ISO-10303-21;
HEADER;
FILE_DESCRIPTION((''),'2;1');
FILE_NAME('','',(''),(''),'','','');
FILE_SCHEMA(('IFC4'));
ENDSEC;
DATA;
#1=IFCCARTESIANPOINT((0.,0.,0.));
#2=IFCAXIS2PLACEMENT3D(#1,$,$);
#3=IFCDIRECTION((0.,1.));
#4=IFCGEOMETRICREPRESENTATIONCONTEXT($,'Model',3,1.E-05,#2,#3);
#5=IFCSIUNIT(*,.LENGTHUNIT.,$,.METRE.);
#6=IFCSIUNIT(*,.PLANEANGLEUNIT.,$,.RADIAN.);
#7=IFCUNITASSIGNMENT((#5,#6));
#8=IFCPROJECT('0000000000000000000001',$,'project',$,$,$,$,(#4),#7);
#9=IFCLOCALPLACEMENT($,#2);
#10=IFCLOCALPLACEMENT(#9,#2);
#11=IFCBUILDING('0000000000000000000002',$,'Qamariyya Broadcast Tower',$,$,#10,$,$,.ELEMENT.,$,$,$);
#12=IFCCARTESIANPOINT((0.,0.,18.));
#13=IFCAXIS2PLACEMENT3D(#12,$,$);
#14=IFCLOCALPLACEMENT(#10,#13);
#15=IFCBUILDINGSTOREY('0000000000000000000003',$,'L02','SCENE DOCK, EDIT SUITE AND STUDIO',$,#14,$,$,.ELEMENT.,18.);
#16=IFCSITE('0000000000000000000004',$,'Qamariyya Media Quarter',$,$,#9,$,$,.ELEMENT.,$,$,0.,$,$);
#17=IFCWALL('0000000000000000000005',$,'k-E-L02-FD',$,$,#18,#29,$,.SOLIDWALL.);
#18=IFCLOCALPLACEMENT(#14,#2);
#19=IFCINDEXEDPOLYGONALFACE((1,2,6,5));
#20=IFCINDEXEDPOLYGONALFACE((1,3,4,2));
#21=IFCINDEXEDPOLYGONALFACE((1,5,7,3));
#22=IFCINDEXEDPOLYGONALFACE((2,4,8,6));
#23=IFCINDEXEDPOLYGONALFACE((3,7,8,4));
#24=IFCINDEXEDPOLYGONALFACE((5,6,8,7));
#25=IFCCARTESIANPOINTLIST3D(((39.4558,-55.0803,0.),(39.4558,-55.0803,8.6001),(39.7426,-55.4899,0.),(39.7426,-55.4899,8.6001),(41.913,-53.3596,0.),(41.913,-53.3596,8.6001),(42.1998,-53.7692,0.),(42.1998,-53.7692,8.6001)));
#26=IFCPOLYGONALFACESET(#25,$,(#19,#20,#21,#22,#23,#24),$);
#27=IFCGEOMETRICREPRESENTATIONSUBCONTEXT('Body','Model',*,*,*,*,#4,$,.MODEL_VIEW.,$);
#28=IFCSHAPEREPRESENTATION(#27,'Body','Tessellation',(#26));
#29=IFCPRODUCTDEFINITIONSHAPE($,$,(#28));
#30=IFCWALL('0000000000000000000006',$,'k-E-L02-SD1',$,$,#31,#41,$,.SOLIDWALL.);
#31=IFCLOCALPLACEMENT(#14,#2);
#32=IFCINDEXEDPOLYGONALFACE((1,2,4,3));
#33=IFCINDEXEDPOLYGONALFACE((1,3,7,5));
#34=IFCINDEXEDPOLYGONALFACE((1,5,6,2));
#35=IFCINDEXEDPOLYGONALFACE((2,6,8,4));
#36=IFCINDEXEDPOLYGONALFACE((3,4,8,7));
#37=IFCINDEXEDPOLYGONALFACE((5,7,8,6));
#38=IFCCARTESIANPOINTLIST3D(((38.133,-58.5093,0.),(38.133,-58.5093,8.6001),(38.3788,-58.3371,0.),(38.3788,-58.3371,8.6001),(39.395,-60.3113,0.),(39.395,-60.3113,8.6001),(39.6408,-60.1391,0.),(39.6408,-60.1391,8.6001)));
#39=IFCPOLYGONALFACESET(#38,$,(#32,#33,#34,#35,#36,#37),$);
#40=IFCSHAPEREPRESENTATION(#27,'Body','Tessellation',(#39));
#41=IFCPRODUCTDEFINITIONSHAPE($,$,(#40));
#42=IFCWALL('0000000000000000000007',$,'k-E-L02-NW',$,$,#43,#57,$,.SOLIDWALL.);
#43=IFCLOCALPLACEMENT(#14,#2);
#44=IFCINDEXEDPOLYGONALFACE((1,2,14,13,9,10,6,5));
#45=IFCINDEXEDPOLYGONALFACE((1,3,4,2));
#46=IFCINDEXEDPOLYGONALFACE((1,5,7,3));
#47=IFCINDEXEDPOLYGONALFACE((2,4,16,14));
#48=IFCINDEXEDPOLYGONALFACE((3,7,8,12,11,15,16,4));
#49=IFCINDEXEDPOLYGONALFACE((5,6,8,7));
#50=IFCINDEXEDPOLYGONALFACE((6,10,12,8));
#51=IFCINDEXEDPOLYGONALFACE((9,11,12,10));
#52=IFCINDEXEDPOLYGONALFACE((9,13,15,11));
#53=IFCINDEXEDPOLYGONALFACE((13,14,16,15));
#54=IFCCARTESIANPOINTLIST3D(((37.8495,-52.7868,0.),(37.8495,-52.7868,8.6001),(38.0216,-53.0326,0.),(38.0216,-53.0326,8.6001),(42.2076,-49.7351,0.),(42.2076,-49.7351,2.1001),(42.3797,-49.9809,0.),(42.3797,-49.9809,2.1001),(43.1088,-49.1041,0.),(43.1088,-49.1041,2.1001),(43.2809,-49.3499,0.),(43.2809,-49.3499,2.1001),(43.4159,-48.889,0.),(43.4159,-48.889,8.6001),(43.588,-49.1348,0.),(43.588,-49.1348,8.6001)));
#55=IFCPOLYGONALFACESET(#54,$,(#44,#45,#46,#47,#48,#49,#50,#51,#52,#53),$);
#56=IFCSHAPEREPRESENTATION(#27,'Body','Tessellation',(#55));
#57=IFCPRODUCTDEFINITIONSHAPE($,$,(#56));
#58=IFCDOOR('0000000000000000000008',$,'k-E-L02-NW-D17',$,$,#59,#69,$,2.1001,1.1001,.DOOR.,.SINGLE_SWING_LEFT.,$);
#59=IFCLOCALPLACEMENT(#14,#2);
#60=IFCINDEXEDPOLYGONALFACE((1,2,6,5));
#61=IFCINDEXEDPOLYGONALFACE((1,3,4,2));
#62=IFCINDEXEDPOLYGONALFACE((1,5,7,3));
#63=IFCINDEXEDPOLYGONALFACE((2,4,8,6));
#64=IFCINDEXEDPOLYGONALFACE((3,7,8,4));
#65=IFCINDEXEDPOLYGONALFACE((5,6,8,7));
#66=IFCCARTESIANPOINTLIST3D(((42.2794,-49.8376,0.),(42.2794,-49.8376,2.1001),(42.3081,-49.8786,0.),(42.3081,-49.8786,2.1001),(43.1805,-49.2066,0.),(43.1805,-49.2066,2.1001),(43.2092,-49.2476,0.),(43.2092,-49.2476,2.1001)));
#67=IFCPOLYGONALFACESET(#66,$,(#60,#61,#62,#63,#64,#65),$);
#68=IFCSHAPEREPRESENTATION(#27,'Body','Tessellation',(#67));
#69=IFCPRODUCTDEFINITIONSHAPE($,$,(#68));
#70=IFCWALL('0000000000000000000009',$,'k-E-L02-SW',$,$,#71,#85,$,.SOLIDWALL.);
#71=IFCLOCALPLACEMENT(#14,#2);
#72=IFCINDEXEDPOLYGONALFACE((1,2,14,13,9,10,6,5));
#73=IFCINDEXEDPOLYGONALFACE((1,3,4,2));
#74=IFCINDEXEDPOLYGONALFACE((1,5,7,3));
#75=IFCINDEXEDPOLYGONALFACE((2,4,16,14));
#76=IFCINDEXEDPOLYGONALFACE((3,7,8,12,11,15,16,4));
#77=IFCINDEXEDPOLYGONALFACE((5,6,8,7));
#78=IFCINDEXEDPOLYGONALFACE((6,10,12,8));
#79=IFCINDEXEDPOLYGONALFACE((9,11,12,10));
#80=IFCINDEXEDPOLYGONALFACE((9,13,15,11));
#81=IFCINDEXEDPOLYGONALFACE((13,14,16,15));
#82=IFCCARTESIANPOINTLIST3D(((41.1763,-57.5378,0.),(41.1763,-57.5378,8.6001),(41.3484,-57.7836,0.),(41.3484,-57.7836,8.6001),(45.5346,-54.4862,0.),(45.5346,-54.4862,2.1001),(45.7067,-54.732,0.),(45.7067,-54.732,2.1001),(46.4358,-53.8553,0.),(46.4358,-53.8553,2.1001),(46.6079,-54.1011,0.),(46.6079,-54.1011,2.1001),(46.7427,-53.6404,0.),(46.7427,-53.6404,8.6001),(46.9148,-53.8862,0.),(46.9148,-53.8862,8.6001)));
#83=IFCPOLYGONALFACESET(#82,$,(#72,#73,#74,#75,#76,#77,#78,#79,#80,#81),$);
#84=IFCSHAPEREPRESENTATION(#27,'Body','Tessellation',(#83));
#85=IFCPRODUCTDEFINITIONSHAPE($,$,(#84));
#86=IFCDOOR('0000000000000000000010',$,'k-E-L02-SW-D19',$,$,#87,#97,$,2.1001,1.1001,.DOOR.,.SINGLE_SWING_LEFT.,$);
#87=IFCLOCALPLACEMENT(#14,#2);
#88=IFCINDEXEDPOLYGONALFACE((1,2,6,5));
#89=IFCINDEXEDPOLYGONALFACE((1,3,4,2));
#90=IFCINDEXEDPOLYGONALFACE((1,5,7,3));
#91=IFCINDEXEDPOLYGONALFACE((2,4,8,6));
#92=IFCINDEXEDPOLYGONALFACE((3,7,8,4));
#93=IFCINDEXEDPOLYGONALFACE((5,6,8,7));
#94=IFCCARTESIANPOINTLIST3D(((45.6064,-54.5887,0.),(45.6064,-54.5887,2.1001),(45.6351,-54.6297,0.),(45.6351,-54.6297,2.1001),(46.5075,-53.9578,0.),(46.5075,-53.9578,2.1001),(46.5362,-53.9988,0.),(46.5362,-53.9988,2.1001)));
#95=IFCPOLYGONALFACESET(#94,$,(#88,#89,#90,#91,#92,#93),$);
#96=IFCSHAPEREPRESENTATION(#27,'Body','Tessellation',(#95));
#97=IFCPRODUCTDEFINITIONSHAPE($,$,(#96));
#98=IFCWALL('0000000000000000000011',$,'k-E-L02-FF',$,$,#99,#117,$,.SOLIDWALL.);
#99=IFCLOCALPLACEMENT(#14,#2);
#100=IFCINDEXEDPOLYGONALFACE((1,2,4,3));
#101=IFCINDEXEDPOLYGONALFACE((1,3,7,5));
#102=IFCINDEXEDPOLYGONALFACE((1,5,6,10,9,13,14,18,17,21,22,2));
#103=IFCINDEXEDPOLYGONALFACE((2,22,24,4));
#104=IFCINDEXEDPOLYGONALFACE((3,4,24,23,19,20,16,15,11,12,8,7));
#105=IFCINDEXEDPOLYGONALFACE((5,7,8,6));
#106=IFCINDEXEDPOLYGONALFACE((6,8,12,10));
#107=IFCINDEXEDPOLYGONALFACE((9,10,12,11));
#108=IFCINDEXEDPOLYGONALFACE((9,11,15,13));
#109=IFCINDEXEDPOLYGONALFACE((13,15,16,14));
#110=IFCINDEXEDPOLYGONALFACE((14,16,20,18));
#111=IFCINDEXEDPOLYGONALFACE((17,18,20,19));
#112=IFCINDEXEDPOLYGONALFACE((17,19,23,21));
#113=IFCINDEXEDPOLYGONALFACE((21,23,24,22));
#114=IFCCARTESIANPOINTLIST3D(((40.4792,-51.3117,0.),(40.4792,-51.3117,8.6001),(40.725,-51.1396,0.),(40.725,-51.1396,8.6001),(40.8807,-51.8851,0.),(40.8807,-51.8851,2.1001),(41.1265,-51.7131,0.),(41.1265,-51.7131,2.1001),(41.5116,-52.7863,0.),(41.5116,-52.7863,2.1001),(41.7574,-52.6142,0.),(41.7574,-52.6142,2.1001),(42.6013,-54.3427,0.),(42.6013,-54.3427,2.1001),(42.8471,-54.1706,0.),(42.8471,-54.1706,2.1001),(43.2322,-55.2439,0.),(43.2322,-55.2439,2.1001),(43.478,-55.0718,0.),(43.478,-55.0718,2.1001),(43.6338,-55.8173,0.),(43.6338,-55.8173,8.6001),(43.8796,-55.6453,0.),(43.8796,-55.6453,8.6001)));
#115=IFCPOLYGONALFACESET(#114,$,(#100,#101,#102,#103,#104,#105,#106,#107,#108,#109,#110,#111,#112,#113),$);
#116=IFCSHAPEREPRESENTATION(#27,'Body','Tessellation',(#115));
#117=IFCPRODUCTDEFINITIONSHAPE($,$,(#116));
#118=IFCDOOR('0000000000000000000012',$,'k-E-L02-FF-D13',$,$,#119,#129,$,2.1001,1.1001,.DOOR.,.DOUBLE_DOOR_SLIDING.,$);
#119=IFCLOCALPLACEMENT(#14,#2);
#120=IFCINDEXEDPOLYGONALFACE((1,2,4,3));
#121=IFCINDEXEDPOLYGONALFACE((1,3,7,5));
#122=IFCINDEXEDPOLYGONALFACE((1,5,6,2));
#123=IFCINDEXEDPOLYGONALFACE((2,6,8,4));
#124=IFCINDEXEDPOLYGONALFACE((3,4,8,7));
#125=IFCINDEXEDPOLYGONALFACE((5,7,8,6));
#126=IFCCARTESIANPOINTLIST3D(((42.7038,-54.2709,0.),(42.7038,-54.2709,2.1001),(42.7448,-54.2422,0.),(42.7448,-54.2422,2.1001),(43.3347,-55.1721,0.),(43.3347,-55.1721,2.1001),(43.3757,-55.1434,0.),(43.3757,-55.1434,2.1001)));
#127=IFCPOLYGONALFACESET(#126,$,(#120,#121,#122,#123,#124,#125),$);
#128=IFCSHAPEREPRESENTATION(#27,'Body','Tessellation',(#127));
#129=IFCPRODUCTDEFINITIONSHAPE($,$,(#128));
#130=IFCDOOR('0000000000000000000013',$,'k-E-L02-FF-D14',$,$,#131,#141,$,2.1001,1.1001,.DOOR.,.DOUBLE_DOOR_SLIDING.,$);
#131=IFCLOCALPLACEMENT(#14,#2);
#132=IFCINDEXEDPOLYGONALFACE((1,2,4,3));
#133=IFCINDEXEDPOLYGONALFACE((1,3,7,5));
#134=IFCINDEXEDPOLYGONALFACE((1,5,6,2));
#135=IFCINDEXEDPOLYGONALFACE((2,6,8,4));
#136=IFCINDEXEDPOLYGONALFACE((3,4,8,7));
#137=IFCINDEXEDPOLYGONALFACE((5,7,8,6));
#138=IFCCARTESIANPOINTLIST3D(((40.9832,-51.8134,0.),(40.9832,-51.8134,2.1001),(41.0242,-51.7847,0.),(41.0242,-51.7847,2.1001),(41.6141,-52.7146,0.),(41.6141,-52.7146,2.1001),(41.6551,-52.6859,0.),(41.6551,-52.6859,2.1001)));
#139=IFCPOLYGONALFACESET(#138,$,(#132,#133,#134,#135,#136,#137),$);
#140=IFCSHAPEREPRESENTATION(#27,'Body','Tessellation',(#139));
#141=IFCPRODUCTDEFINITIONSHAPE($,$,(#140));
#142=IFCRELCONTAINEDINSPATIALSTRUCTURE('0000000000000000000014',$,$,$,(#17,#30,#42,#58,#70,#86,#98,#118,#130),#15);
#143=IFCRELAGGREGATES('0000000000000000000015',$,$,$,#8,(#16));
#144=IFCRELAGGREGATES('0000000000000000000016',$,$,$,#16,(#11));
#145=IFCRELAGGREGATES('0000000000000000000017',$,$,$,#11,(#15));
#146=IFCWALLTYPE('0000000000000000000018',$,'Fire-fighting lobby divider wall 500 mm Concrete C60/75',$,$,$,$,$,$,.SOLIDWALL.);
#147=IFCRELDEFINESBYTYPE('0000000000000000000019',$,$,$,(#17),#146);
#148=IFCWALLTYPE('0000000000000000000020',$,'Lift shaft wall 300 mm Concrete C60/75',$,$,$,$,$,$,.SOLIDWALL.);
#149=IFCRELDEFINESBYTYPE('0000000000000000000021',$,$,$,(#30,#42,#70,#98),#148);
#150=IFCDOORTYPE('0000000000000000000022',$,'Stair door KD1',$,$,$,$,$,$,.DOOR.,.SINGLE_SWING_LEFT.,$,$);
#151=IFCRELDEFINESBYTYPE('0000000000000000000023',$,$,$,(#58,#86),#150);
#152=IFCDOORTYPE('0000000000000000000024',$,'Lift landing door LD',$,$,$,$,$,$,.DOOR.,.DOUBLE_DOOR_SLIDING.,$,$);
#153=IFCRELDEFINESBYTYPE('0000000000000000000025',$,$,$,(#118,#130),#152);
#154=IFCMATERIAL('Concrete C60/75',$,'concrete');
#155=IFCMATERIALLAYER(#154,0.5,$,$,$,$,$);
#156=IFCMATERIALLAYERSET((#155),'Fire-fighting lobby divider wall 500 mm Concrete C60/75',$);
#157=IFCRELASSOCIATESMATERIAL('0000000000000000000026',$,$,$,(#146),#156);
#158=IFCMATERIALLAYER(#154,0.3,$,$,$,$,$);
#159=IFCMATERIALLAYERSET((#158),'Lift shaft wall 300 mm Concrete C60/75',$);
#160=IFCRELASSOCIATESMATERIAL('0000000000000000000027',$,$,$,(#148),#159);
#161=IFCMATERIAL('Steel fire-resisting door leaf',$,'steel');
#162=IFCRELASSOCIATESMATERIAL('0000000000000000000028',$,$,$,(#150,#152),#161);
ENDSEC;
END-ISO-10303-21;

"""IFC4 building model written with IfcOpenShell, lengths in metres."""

from ifc_helpers import new_model, si_unit, direction, frame, frame_2d, origin, place, context, subcontext, project, spatial, rectangle, extrude, material, layer, layer_set, type_object, element, fill, save


model = new_model("IFC4")

# Units and contexts
model_context = context("Model", 3, precision=1e-05, world=origin(), true_north=direction((0.0, 1.0)))
body_context = subcontext(model_context, "Body", "Model", "MODEL_VIEW")
ifc_project = project(units=[si_unit("LENGTHUNIT", "METRE"), si_unit("PLANEANGLEUNIT", "RADIAN")], contexts=[model_context])

# Site, building, storey
site_placement = place(None, origin())
site = spatial("IfcSite", under=ifc_project, at=site_placement, Name="Qamariyya Media Quarter", CompositionType="ELEMENT", RefElevation=0.0)
building_placement = place(site_placement, origin())
building = spatial("IfcBuilding", under=site, at=building_placement, Name="Qamariyya Broadcast Tower", CompositionType="ELEMENT")
storey_placement = place(building_placement, frame((0.0, 0.0, 18.0)))
storey = spatial("IfcBuildingStorey", under=building, at=storey_placement, Name="L02", Description="SCENE DOCK, EDIT SUITE AND STUDIO", CompositionType="ELEMENT", Elevation=18.0)

# Walls
ifc_material_1 = material(Name="Concrete C60/75", Category="concrete")
ifc_layer_1 = layer(ifc_material_1, 0.5)
ifc_layer_set_1 = layer_set([ifc_layer_1], Name="Fire-fighting lobby divider wall 500 mm Concrete C60/75")
wall_type_1 = type_object("IfcWallType", Name="Fire-fighting lobby divider wall 500 mm Concrete C60/75", PredefinedType="SOLIDWALL", material=ifc_layer_set_1)
wall_1_placement = place(storey_placement, frame((39.5991, -55.2852, 0.0), z_axis=(0.0, 0.0, 1.0), x_axis=(0.819136, 0.573599, 0.0)))
element("IfcWall", 1, at=wall_1_placement, inside=storey, type_object=wall_type_1, Name="k-E-L02-FD", PredefinedType="SOLIDWALL", context=body_context, shape_type="SweptSolid", body=[
    extrude(rectangle(XDim=2.9998, YDim=0.5, at=frame_2d((1.5, 0.0))), origin(), (0.0, 0.0, 1.0), 8.6001),
])
ifc_layer_2 = layer(ifc_material_1, 0.3)
ifc_layer_set_2 = layer_set([ifc_layer_2], Name="Lift shaft wall 300 mm Concrete C60/75")
wall_type_2 = type_object("IfcWallType", Name="Lift shaft wall 300 mm Concrete C60/75", PredefinedType="SOLIDWALL", material=ifc_layer_set_2)
wall_2_placement = place(storey_placement, frame((38.2559, -58.4231, 0.0), z_axis=(0.0, 0.0, 1.0), x_axis=(0.573634, -0.819112, 0.0)))
element("IfcWall", 2, at=wall_2_placement, inside=storey, type_object=wall_type_2, Name="k-E-L02-SD1", PredefinedType="SOLIDWALL", context=body_context, shape_type="SweptSolid", body=[
    extrude(rectangle(XDim=2.2, YDim=0.3, at=frame_2d((1.1001, 0.0))), origin(), (0.0, 0.0, 1.0), 8.6001),
])

# Walls, openings, doors
wall_3_placement = place(storey_placement, frame((37.9355, -52.9097, 0.0), z_axis=(0.0, 0.0, 1.0), x_axis=(0.819148, 0.573583, 0.0)))
wall_3 = element("IfcWall", 3, at=wall_3_placement, inside=storey, type_object=wall_type_2, Name="k-E-L02-NW", PredefinedType="SOLIDWALL", context=body_context, shape_type="SweptSolid", body=[
    extrude(rectangle(XDim=6.7954, YDim=0.3, at=frame_2d((3.3977, 0.0))), origin(), (0.0, 0.0, 1.0), 8.6001),
])
opening_1_placement = place(wall_3_placement, frame((5.3203, 0.0, 0.0)))
opening_1 = element("IfcOpeningElement", 4, at=opening_1_placement, cuts=wall_3, PredefinedType="OPENING", context=body_context, shape_type="SweptSolid", body=[
    extrude(rectangle(XDim=1.1001, YDim=2.1001, at=frame_2d((0.55, 1.05))), frame((0.0, 0.1599, 0.0), z_axis=(0.0, -1.0, 0.0), x_axis=(1.0, 0.0, 0.0)), (0.0, 0.0, 1.0), 0.3201),
])
ifc_material_2 = material(Name="Steel fire-resisting door leaf", Category="steel")
door_type_1 = type_object("IfcDoorType", Name="Stair door KD1", OperationType="SINGLE_SWING_LEFT", PredefinedType="DOOR", material=ifc_material_2)
door_1_placement = place(opening_1_placement, origin())
door_1 = element("IfcDoor", 5, at=door_1_placement, inside=storey, type_object=door_type_1, Name="k-E-L02-NW-D17", OperationType="SINGLE_SWING_LEFT", OverallHeight=2.1001, OverallWidth=1.1001, PredefinedType="DOOR", context=body_context, shape_type="SweptSolid", body=[
    extrude(rectangle(XDim=1.1001, YDim=2.1001, at=frame_2d((0.55, 1.05))), frame((0.0, 0.0249, 0.0), z_axis=(0.0, -1.0, 0.0), x_axis=(1.0, 0.0, 0.0)), (0.0, 0.0, 1.0), 0.05),
])
fill(opening_1, door_1)
wall_4_placement = place(storey_placement, frame((41.2625, -57.6606, 0.0), z_axis=(0.0, 0.0, 1.0), x_axis=(0.819164, 0.573559, 0.0)))
wall_4 = element("IfcWall", 6, at=wall_4_placement, inside=storey, type_object=wall_type_2, Name="k-E-L02-SW", PredefinedType="SOLIDWALL", context=body_context, shape_type="SweptSolid", body=[
    extrude(rectangle(XDim=6.7952, YDim=0.3, at=frame_2d((3.3975, 0.0))), origin(), (0.0, 0.0, 1.0), 8.6001),
])
opening_2_placement = place(wall_4_placement, frame((5.3203, 0.0, 0.0)))
opening_2 = element("IfcOpeningElement", 7, at=opening_2_placement, cuts=wall_4, PredefinedType="OPENING", context=body_context, shape_type="SweptSolid", body=[
    extrude(rectangle(XDim=1.1001, YDim=2.1001, at=frame_2d((0.55, 1.05))), frame((0.0, 0.1599, 0.0), z_axis=(0.0, -1.0, 0.0), x_axis=(1.0, 0.0, 0.0)), (0.0, 0.0, 1.0), 0.3201),
])
door_2_placement = place(opening_2_placement, origin())
door_2 = element("IfcDoor", 8, at=door_2_placement, inside=storey, type_object=door_type_1, Name="k-E-L02-SW-D19", OperationType="SINGLE_SWING_LEFT", OverallHeight=2.1001, OverallWidth=1.1001, PredefinedType="DOOR", context=body_context, shape_type="SweptSolid", body=[
    extrude(rectangle(XDim=1.1001, YDim=2.1001, at=frame_2d((0.55, 1.05))), frame((0.0, 0.0249, 0.0), z_axis=(0.0, -1.0, 0.0), x_axis=(1.0, 0.0, 0.0)), (0.0, 0.0, 1.0), 0.05),
])
fill(opening_2, door_2)

# Wall, openings, doors
wall_5_placement = place(storey_placement, frame((43.7566, -55.7312, 0.0), z_axis=(0.0, 0.0, 1.0), x_axis=(-0.573537, 0.81918, 0.0)))
wall_5 = element("IfcWall", 9, at=wall_5_placement, inside=storey, type_object=wall_type_2, Name="k-E-L02-FF", PredefinedType="SOLIDWALL", context=body_context, shape_type="SweptSolid", body=[
    extrude(rectangle(XDim=5.5002, YDim=0.3, at=frame_2d((2.75, 0.0))), origin(), (0.0, 0.0, 1.0), 8.6001),
])
opening_3_placement = place(wall_5_placement, frame((0.7, 0.0, 0.0)))
opening_3 = element("IfcOpeningElement", 10, at=opening_3_placement, cuts=wall_5, PredefinedType="OPENING", context=body_context, shape_type="SweptSolid", body=[
    extrude(rectangle(XDim=1.1001, YDim=2.1001, at=frame_2d((0.55, 1.05))), frame((0.0, 0.1599, 0.0), z_axis=(0.0, -1.0, 0.0), x_axis=(1.0, 0.0, 0.0)), (0.0, 0.0, 1.0), 0.3201),
])
opening_4_placement = place(wall_5_placement, frame((3.7, 0.0, 0.0)))
opening_4 = element("IfcOpeningElement", 11, at=opening_4_placement, cuts=wall_5, PredefinedType="OPENING", context=body_context, shape_type="SweptSolid", body=[
    extrude(rectangle(XDim=1.1001, YDim=2.1001, at=frame_2d((0.55, 1.05))), frame((0.0, 0.1599, 0.0), z_axis=(0.0, -1.0, 0.0), x_axis=(1.0, 0.0, 0.0)), (0.0, 0.0, 1.0), 0.3201),
])
door_type_2 = type_object("IfcDoorType", Name="Lift landing door LD", OperationType="DOUBLE_DOOR_SLIDING", PredefinedType="DOOR", material=ifc_material_2)
door_3_placement = place(opening_3_placement, origin())
door_3 = element("IfcDoor", 12, at=door_3_placement, inside=storey, type_object=door_type_2, Name="k-E-L02-FF-D13", OperationType="DOUBLE_DOOR_SLIDING", OverallHeight=2.1001, OverallWidth=1.1001, PredefinedType="DOOR", context=body_context, shape_type="SweptSolid", body=[
    extrude(rectangle(XDim=1.1001, YDim=2.1001, at=frame_2d((0.55, 1.05))), frame((0.0, 0.0249, 0.0), z_axis=(0.0, -1.0, 0.0), x_axis=(1.0, 0.0, 0.0)), (0.0, 0.0, 1.0), 0.05),
])
fill(opening_3, door_3)
door_4_placement = place(opening_4_placement, origin())
door_4 = element("IfcDoor", 13, at=door_4_placement, inside=storey, type_object=door_type_2, Name="k-E-L02-FF-D14", OperationType="DOUBLE_DOOR_SLIDING", OverallHeight=2.1001, OverallWidth=1.1001, PredefinedType="DOOR", context=body_context, shape_type="SweptSolid", body=[
    extrude(rectangle(XDim=1.1001, YDim=2.1001, at=frame_2d((0.55, 1.05))), frame((0.0, 0.0249, 0.0), z_axis=(0.0, -1.0, 0.0), x_axis=(1.0, 0.0, 0.0)), (0.0, 0.0, 1.0), 0.05),
])
fill(opening_4, door_4)

save(model, "model.ifc")
